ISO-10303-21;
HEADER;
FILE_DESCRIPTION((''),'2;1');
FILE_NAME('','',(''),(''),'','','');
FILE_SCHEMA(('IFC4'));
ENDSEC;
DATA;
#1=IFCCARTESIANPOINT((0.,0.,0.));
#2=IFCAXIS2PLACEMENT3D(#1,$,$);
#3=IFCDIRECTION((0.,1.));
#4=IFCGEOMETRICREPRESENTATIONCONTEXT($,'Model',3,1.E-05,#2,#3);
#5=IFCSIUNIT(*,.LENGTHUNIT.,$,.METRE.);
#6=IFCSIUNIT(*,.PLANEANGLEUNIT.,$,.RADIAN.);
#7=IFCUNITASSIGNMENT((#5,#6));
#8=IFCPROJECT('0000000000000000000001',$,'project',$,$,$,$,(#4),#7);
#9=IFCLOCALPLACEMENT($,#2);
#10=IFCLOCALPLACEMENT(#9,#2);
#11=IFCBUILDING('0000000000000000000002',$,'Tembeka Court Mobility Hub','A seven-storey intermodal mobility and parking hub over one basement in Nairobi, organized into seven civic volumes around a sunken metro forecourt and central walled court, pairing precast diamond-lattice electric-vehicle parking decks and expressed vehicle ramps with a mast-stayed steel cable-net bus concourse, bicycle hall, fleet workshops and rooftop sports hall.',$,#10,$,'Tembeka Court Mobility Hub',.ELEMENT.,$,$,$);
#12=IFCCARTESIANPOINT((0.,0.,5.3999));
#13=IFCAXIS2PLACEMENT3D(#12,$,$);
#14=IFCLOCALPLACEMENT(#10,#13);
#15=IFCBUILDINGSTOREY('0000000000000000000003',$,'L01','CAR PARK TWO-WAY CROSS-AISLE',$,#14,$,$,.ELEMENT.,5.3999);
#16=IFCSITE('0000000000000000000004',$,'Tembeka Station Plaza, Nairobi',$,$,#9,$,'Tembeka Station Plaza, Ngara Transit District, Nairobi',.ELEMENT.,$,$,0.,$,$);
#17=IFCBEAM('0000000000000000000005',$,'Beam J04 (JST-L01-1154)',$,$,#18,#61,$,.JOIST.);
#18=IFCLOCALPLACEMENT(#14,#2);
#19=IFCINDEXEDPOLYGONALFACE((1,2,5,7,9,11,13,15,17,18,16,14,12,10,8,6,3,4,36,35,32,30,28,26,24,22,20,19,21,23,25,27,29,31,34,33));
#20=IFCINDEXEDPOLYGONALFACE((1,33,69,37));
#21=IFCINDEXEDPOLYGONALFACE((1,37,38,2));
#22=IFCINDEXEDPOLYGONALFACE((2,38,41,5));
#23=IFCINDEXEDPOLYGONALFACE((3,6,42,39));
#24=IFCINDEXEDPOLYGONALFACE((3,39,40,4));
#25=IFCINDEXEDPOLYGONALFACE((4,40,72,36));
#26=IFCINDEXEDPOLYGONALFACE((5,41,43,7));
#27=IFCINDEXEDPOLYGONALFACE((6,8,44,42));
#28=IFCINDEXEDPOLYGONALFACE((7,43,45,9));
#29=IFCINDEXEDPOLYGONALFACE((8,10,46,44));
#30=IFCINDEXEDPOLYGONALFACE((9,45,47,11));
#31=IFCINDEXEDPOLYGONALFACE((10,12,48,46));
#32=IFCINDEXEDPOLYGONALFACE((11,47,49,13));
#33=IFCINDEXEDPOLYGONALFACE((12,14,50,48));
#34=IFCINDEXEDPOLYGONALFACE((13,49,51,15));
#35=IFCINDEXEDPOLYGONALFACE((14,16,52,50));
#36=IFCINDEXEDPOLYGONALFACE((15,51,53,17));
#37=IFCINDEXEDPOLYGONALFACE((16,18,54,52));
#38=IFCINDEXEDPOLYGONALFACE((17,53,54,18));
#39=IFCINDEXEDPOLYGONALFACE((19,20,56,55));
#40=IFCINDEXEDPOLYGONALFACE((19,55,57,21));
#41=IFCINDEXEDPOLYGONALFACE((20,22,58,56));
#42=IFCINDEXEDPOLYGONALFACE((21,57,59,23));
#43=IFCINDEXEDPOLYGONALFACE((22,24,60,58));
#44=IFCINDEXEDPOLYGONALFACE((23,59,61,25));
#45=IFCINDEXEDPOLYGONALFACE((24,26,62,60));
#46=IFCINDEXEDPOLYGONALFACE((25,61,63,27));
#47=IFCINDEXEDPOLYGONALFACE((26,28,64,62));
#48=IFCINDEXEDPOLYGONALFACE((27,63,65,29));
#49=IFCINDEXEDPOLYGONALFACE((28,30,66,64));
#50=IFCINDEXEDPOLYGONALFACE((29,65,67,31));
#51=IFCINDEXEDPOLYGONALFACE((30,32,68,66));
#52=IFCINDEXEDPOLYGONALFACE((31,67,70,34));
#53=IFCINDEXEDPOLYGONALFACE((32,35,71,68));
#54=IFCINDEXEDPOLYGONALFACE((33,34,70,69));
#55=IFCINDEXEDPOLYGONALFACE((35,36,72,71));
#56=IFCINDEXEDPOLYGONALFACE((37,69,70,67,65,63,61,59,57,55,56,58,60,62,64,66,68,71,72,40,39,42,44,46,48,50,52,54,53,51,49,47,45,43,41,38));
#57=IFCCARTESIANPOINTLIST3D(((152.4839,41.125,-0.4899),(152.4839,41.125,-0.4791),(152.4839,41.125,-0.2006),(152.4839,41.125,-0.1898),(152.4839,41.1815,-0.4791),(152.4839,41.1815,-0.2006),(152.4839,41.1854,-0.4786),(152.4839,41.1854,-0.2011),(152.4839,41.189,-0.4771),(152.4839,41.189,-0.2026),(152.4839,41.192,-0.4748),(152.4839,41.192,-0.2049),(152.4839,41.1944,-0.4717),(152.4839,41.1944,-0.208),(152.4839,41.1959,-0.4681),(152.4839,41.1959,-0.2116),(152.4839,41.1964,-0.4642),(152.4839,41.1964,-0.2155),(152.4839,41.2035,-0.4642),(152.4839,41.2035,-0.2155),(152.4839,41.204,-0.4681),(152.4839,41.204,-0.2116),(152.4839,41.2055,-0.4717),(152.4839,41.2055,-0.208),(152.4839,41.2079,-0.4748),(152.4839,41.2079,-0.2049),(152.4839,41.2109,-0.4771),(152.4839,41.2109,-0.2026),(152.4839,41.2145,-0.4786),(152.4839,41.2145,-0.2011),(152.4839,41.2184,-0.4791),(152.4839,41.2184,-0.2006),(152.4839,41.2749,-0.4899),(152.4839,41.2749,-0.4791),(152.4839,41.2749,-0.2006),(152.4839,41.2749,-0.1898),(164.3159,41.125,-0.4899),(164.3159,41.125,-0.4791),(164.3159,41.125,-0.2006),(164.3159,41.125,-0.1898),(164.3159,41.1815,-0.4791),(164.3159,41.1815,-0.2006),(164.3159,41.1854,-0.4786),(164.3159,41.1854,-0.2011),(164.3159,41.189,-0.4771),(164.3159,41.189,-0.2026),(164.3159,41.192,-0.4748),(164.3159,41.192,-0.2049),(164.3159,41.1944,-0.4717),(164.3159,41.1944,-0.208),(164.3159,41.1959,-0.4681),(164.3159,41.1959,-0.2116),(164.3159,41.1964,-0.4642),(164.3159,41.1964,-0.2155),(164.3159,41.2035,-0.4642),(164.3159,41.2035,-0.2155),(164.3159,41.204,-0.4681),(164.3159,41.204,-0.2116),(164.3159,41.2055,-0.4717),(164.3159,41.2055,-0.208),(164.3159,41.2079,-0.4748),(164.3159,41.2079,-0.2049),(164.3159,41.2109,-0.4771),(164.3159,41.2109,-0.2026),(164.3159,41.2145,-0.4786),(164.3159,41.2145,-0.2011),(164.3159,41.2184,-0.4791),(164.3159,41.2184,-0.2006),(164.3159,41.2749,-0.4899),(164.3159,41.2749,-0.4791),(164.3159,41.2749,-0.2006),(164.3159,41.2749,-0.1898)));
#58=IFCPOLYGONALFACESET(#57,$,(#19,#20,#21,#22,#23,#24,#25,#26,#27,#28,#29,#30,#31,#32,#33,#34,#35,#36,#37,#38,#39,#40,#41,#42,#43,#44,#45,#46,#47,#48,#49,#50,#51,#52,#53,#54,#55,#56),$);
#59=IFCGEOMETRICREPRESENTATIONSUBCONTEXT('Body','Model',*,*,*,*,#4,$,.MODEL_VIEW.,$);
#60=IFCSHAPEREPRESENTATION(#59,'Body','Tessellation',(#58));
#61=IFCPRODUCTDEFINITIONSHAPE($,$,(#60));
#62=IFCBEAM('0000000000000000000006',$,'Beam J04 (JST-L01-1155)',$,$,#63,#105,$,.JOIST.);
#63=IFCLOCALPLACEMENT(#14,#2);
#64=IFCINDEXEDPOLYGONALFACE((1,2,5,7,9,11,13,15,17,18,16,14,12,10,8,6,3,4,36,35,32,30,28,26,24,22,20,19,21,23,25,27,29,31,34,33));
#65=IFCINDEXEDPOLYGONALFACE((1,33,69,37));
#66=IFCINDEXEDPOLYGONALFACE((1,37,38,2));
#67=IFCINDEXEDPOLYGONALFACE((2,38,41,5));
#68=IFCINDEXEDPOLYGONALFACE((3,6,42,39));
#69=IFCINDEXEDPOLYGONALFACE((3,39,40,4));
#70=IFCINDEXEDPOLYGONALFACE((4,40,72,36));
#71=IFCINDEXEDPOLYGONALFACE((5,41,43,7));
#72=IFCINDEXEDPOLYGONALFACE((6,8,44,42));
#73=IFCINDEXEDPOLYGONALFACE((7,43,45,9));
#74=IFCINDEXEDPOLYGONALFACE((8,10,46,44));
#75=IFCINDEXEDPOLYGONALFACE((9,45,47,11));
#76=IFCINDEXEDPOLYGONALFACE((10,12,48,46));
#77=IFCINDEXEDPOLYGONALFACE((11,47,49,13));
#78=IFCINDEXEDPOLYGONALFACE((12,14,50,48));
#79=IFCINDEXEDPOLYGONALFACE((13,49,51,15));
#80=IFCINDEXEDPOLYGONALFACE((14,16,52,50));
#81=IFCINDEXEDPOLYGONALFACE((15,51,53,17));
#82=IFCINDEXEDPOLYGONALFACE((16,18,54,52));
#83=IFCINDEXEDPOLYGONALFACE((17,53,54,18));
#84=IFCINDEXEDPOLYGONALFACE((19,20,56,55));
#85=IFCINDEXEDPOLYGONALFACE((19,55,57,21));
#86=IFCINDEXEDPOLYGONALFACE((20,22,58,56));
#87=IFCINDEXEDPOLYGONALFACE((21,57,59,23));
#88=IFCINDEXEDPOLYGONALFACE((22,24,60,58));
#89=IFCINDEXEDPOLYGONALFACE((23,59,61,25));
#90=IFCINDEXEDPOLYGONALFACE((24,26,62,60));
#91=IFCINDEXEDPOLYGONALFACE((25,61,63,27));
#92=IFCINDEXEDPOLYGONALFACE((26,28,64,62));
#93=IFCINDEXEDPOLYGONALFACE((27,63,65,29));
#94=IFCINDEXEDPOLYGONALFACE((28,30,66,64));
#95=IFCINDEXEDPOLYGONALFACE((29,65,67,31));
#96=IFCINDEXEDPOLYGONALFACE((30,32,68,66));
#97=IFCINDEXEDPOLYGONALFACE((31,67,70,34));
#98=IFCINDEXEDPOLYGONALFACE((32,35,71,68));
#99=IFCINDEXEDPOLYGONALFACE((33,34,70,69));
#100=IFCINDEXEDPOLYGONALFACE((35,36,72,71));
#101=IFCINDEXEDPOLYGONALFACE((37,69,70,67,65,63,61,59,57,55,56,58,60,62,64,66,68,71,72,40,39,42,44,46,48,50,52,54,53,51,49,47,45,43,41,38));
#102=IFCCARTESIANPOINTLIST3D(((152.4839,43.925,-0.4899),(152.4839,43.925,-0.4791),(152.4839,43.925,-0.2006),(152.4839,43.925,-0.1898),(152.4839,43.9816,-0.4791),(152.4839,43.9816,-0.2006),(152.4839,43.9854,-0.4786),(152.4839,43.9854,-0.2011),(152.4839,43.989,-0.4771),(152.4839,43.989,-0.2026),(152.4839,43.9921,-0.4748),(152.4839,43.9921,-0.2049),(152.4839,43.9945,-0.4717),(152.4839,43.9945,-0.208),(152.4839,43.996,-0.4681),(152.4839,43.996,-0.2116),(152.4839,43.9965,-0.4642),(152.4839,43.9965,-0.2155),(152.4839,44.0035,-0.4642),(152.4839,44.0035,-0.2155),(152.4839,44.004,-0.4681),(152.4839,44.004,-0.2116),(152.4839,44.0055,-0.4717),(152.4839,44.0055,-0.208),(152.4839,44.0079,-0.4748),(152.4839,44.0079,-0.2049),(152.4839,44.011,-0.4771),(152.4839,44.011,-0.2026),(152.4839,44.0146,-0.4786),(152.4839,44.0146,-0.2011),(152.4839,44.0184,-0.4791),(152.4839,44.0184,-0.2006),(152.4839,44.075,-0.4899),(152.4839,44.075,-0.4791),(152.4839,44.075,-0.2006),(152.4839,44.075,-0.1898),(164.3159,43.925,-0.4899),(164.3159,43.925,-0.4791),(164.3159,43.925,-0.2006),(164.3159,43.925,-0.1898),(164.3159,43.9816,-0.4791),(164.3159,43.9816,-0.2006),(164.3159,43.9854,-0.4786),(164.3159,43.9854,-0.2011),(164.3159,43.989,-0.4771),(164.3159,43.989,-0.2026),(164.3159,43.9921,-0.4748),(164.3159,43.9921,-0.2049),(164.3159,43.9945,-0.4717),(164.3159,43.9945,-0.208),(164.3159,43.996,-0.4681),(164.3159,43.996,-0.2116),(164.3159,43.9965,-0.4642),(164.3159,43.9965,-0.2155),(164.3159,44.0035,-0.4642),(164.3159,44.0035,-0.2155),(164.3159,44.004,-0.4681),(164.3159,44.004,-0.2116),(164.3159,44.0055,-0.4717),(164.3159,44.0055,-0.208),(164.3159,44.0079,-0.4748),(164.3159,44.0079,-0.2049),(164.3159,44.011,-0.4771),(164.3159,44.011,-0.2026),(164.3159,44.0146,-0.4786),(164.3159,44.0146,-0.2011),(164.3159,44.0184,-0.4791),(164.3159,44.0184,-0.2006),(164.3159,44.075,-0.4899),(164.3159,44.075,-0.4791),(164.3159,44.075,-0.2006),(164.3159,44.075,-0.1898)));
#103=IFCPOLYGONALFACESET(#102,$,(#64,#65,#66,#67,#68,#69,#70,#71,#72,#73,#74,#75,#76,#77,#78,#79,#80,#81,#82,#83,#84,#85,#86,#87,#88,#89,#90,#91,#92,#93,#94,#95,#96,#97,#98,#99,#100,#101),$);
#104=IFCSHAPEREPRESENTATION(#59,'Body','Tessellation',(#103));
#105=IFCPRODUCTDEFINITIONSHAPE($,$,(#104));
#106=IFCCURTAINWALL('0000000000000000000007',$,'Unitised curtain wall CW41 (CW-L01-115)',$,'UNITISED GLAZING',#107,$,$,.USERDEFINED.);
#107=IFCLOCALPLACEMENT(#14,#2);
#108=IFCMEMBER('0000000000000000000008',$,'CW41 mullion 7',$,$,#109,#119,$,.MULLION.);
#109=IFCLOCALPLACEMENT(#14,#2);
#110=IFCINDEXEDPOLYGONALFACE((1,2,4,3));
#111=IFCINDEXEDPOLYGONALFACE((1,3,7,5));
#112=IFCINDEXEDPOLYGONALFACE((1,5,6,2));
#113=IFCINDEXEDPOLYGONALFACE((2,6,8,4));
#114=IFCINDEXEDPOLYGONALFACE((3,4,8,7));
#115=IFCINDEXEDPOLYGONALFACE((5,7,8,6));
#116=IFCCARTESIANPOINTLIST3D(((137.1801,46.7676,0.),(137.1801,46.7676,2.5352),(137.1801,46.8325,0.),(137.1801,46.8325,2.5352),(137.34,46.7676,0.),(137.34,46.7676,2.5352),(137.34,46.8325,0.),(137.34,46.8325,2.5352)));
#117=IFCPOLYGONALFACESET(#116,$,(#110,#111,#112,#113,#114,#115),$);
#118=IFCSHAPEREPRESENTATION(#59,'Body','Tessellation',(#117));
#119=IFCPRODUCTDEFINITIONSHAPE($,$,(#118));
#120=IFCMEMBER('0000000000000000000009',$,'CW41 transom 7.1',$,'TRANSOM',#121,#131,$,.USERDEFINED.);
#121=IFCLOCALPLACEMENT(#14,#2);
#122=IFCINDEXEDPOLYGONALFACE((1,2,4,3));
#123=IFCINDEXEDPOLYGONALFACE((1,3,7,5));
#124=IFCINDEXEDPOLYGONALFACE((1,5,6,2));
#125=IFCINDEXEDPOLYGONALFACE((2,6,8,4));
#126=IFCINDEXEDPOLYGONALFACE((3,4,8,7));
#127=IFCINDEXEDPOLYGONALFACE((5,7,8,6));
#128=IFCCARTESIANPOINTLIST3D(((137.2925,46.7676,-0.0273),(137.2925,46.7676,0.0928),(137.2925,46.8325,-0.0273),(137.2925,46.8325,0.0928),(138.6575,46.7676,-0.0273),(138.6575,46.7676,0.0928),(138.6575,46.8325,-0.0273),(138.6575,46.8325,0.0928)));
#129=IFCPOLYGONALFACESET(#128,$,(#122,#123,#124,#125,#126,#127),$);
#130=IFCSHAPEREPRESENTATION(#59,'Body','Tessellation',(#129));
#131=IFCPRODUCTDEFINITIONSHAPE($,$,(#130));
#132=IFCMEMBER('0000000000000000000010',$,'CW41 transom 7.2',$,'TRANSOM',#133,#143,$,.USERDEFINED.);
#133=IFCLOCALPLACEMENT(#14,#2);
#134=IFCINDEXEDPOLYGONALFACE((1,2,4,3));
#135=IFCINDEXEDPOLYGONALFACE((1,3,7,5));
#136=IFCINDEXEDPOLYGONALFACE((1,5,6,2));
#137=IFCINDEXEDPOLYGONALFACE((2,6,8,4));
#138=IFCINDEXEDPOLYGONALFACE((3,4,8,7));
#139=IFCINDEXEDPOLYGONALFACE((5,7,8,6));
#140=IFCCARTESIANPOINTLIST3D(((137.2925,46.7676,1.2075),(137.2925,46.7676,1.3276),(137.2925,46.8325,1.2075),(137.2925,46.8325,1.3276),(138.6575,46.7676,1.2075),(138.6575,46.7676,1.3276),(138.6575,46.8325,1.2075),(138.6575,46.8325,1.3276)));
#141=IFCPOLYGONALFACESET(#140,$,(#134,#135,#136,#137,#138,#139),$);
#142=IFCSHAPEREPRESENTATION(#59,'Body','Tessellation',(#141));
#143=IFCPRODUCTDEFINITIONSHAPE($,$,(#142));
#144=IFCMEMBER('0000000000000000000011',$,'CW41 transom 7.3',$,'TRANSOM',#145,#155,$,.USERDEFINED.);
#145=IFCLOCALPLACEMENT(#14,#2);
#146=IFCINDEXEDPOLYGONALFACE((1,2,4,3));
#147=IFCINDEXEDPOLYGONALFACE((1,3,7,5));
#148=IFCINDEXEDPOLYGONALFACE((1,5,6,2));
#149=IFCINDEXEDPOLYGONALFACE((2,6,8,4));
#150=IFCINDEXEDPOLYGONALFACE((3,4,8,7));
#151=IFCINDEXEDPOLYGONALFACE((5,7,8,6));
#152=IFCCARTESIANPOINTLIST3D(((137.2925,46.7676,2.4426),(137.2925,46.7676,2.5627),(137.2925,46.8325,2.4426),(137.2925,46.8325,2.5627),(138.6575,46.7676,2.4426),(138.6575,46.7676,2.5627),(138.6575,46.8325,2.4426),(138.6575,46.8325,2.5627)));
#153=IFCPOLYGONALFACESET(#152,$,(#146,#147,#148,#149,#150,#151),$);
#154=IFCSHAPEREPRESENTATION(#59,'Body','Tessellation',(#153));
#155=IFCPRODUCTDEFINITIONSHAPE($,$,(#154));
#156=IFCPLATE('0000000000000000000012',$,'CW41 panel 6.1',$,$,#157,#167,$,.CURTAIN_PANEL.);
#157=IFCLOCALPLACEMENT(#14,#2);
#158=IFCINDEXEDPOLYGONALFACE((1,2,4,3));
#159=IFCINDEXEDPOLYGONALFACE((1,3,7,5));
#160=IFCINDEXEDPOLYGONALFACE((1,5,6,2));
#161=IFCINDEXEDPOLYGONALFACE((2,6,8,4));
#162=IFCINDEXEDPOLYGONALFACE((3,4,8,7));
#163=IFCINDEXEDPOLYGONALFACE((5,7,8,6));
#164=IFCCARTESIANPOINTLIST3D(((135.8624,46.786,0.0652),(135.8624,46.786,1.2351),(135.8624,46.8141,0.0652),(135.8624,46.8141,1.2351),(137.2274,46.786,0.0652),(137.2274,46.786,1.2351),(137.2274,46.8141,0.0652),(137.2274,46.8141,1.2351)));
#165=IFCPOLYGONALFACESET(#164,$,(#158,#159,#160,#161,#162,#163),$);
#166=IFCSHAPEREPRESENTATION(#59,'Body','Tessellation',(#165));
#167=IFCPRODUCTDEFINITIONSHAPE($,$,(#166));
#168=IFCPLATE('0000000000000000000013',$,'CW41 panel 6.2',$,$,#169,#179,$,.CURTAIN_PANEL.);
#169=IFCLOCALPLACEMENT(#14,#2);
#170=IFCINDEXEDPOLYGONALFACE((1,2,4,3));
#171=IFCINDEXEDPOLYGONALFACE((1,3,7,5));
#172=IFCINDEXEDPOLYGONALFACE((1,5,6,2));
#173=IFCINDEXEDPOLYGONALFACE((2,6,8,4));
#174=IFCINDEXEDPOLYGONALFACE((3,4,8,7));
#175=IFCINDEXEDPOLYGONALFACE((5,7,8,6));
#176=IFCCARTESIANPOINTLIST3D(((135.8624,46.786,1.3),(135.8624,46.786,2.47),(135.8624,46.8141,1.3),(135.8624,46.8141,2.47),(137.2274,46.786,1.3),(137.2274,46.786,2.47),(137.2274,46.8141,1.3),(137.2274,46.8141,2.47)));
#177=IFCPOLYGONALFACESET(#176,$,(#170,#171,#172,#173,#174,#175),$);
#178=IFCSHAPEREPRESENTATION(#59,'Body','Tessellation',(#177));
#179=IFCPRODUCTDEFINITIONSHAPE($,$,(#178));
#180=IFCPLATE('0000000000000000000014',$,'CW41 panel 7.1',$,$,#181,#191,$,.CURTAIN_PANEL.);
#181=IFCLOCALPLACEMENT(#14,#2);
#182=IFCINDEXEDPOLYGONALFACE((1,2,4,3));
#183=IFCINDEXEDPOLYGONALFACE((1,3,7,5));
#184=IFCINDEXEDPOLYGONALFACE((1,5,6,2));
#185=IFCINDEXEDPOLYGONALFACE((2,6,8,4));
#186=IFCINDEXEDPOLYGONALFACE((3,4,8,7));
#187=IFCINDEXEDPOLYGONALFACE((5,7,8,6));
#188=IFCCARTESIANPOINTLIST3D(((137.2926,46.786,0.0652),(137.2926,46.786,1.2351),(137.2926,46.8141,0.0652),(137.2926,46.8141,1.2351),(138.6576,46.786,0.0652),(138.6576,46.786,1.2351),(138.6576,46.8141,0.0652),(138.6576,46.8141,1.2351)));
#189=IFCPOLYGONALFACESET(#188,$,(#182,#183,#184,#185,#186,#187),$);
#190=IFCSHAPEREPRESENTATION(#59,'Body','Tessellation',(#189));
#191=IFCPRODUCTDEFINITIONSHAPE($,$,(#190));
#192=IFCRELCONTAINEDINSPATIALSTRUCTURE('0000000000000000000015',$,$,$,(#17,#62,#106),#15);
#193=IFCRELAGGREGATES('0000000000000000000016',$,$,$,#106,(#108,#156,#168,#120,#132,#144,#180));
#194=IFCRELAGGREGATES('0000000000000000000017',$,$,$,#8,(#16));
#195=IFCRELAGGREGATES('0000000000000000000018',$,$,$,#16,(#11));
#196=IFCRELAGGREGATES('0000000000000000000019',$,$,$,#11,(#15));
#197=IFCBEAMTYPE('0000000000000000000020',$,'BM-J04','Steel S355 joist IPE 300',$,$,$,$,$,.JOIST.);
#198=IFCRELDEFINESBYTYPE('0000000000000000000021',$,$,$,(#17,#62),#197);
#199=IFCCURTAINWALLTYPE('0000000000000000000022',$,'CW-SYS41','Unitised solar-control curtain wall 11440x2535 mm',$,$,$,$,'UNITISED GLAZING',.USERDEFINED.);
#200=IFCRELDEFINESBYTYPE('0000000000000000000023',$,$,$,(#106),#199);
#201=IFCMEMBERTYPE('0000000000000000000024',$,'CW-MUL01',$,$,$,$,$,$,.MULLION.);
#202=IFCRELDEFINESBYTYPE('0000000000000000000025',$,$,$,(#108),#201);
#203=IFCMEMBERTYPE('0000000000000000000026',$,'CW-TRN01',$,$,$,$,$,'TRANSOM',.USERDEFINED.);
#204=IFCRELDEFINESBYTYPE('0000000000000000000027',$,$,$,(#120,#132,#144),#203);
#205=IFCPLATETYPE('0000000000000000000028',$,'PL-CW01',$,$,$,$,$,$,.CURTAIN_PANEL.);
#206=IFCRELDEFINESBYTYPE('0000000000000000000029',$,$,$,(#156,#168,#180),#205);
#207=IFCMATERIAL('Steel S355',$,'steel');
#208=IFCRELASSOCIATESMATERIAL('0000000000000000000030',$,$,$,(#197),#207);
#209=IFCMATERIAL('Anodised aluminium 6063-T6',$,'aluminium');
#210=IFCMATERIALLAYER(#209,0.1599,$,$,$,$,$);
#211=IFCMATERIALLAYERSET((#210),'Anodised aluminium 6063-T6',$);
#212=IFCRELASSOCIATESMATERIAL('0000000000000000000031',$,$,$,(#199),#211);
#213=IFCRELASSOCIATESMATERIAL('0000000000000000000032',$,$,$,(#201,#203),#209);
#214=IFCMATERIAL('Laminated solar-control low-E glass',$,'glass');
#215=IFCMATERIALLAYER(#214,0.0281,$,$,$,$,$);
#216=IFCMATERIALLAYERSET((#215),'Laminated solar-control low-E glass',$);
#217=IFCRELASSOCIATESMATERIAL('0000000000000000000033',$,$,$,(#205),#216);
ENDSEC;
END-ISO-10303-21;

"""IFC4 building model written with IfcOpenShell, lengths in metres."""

from ifc_helpers import new_model, si_unit, direction, frame, origin, origin_2d, place, context, subcontext, project, spatial, rectangle, i_section, extrude, material, layer, layer_set, material_profile, profile_set, type_object, element, aggregate, save


model = new_model("IFC4")

# Units and contexts
model_context = context("Model", 3, precision=1e-05, world=origin(), true_north=direction((0.0, 1.0)))
body_context = subcontext(model_context, "Body", "Model", "MODEL_VIEW")
ifc_project = project(units=[si_unit("LENGTHUNIT", "METRE"), si_unit("PLANEANGLEUNIT", "RADIAN")], contexts=[model_context])

# Site, building, storey
site_placement = place(None, origin())
site = spatial("IfcSite", under=ifc_project, at=site_placement, Name="Tembeka Station Plaza, Nairobi", LongName="Tembeka Station Plaza, Ngara Transit District, Nairobi", CompositionType="ELEMENT", RefElevation=0.0)
building_placement = place(site_placement, origin())
building = spatial("IfcBuilding", under=site, at=building_placement, Name="Tembeka Court Mobility Hub", Description="A seven-storey intermodal mobility and parking hub over one basement in Nairobi, organized into seven civic volumes around a sunken metro forecourt and central walled court, pairing precast diamond-lattice electric-vehicle parking decks and expressed vehicle ramps with a mast-stayed steel cable-net bus concourse, bicycle hall, fleet workshops and rooftop sports hall.", LongName="Tembeka Court Mobility Hub", CompositionType="ELEMENT")
storey_placement = place(building_placement, frame((0.0, 0.0, 5.3999)))
storey = spatial("IfcBuildingStorey", under=building, at=storey_placement, Name="L01", Description="CAR PARK TWO-WAY CROSS-AISLE", CompositionType="ELEMENT", Elevation=5.3999)

# Shared definitions
ifc_material_1 = material(Name="Steel S355", Category="steel")

# Beams
ifc_material_profile_1 = material_profile(ifc_material_1, i_section(OverallWidth=0.1499, OverallDepth=0.3, WebThickness=0.0071, FlangeThickness=0.0107, FilletRadius=0.0149, at=origin_2d()), Name="IPE 300")
ifc_profile_set_1 = profile_set([ifc_material_profile_1], Name="Steel S355")
beam_type_1 = type_object("IfcBeamType", Name="BM-J04", Description="Steel S355 joist IPE 300", PredefinedType="JOIST", material=ifc_profile_set_1)
for number, where, z_axis, x_axis, name in (
    (1, (152.4839, 41.2, -0.3398), (1.0, 0.0, 0.0), (0.0, 1.0, 0.0), "Beam J04 (JST-L01-1154)"),
    (2, (152.4839, 44.0, -0.3398), (1.0, 0.0, 0.0), (0.0, 1.0, 0.0), "Beam J04 (JST-L01-1155)"),
):
    element("IfcBeam", number, at=place(storey_placement, frame(where, z_axis=z_axis, x_axis=x_axis)), inside=storey, type_object=beam_type_1, Name=name, PredefinedType="JOIST", context=body_context, shape_type="SweptSolid", body=[
        extrude(i_section(OverallWidth=0.1499, OverallDepth=0.3, WebThickness=0.0071, FlangeThickness=0.0107, FilletRadius=0.0149, at=origin_2d()), origin(), (0.0, 0.0, 1.0), 11.832),
    ])

# Curtain wall, members, plates
ifc_material_2 = material(Name="Anodised aluminium 6063-T6", Category="aluminium")
ifc_layer_1 = layer(ifc_material_2, 0.1599)
ifc_layer_set_1 = layer_set([ifc_layer_1], Name="Anodised aluminium 6063-T6")
curtain_wall_type = type_object("IfcCurtainWallType", Name="CW-SYS41", Description="Unitised solar-control curtain wall 11440x2535 mm", ElementType="UNITISED GLAZING", PredefinedType="USERDEFINED", material=ifc_layer_set_1)
curtain_wall_placement = place(storey_placement, origin())
curtain_wall = element("IfcCurtainWall", 3, at=curtain_wall_placement, inside=storey, type_object=curtain_wall_type, Name="Unitised curtain wall CW41 (CW-L01-115)", ObjectType="UNITISED GLAZING", PredefinedType="USERDEFINED")
ifc_material_profile_2 = material_profile(ifc_material_2, rectangle(XDim=0.0649, YDim=0.1599, at=origin_2d()), Name="ALU-MUL 65x160")
ifc_profile_set_2 = profile_set([ifc_material_profile_2], Name="Anodised aluminium 6063-T6")
member_type_1 = type_object("IfcMemberType", Name="CW-MUL01", PredefinedType="MULLION", material=ifc_profile_set_2)
member_1_placement = place(storey_placement, frame((137.26, 46.8, 0.0), z_axis=(0.0, 0.0, 1.0), x_axis=(0.0, 1.0, 0.0)))
member_1 = element("IfcMember", 4, at=member_1_placement, type_object=member_type_1, Name="CW41 mullion 7", PredefinedType="MULLION", context=body_context, shape_type="SweptSolid", body=[
    extrude(rectangle(XDim=0.0649, YDim=0.1599, at=origin_2d()), origin(), (0.0, 0.0, 1.0), 2.5352),
])
ifc_material_profile_3 = material_profile(ifc_material_2, rectangle(XDim=0.0649, YDim=0.1201, at=origin_2d()), Name="ALU-TRN 65x120")
ifc_profile_set_3 = profile_set([ifc_material_profile_3], Name="Anodised aluminium 6063-T6")
member_type_2 = type_object("IfcMemberType", Name="CW-TRN01", ElementType="TRANSOM", PredefinedType="USERDEFINED", material=ifc_profile_set_3)
member_2_placement = place(storey_placement, frame((137.2925, 46.8, 0.0327), z_axis=(1.0, 0.0, 0.0), x_axis=(0.0, 1.0, 0.0)))
member_2 = element("IfcMember", 5, at=member_2_placement, type_object=member_type_2, Name="CW41 transom 7.1", ObjectType="TRANSOM", PredefinedType="USERDEFINED", context=body_context, shape_type="SweptSolid", body=[
    extrude(rectangle(XDim=0.0649, YDim=0.1201, at=origin_2d()), origin(), (0.0, 0.0, 1.0), 1.365),
])
member_3_placement = place(storey_placement, frame((137.2925, 46.8, 1.2676), z_axis=(1.0, 0.0, 0.0), x_axis=(0.0, 1.0, 0.0)))
member_3 = element("IfcMember", 6, at=member_3_placement, type_object=member_type_2, Name="CW41 transom 7.2", ObjectType="TRANSOM", PredefinedType="USERDEFINED", context=body_context, shape_type="SweptSolid", body=[
    extrude(rectangle(XDim=0.0649, YDim=0.1201, at=origin_2d()), origin(), (0.0, 0.0, 1.0), 1.365),
])
member_4_placement = place(storey_placement, frame((137.2925, 46.8, 2.5027), z_axis=(1.0, 0.0, 0.0), x_axis=(0.0, 1.0, 0.0)))
member_4 = element("IfcMember", 7, at=member_4_placement, type_object=member_type_2, Name="CW41 transom 7.3", ObjectType="TRANSOM", PredefinedType="USERDEFINED", context=body_context, shape_type="SweptSolid", body=[
    extrude(rectangle(XDim=0.0649, YDim=0.1201, at=origin_2d()), origin(), (0.0, 0.0, 1.0), 1.365),
])
ifc_material_3 = material(Name="Laminated solar-control low-E glass", Category="glass")
ifc_layer_2 = layer(ifc_material_3, 0.0281)
ifc_layer_set_2 = layer_set([ifc_layer_2], Name="Laminated solar-control low-E glass")
plate_type = type_object("IfcPlateType", Name="PL-CW01", PredefinedType="CURTAIN_PANEL", material=ifc_layer_set_2)
plate_1_placement = place(storey_placement, frame((136.5449, 46.8, 0.0652), z_axis=(0.0, 0.0, 1.0), x_axis=(1.0, 0.0, 0.0)))
plate_1 = element("IfcPlate", 8, at=plate_1_placement, type_object=plate_type, Name="CW41 panel 6.1", PredefinedType="CURTAIN_PANEL", context=body_context, shape_type="SweptSolid", body=[
    extrude(rectangle(XDim=1.365, YDim=0.0281, at=origin_2d()), origin(), (0.0, 0.0, 1.0), 1.1699),
])
plate_2_placement = place(storey_placement, frame((136.5449, 46.8, 1.3), z_axis=(0.0, 0.0, 1.0), x_axis=(1.0, 0.0, 0.0)))
plate_2 = element("IfcPlate", 9, at=plate_2_placement, type_object=plate_type, Name="CW41 panel 6.2", PredefinedType="CURTAIN_PANEL", context=body_context, shape_type="SweptSolid", body=[
    extrude(rectangle(XDim=1.365, YDim=0.0281, at=origin_2d()), origin(), (0.0, 0.0, 1.0), 1.1699),
])
plate_3_placement = place(storey_placement, frame((137.9751, 46.8, 0.0652), z_axis=(0.0, 0.0, 1.0), x_axis=(1.0, 0.0, 0.0)))
plate_3 = element("IfcPlate", 10, at=plate_3_placement, type_object=plate_type, Name="CW41 panel 7.1", PredefinedType="CURTAIN_PANEL", context=body_context, shape_type="SweptSolid", body=[
    extrude(rectangle(XDim=1.365, YDim=0.0281, at=origin_2d()), origin(), (0.0, 0.0, 1.0), 1.1699),
])
aggregate(curtain_wall, [member_1, plate_1, plate_2, member_2, member_3, member_4, plate_3])

save(model, "model.ifc")
